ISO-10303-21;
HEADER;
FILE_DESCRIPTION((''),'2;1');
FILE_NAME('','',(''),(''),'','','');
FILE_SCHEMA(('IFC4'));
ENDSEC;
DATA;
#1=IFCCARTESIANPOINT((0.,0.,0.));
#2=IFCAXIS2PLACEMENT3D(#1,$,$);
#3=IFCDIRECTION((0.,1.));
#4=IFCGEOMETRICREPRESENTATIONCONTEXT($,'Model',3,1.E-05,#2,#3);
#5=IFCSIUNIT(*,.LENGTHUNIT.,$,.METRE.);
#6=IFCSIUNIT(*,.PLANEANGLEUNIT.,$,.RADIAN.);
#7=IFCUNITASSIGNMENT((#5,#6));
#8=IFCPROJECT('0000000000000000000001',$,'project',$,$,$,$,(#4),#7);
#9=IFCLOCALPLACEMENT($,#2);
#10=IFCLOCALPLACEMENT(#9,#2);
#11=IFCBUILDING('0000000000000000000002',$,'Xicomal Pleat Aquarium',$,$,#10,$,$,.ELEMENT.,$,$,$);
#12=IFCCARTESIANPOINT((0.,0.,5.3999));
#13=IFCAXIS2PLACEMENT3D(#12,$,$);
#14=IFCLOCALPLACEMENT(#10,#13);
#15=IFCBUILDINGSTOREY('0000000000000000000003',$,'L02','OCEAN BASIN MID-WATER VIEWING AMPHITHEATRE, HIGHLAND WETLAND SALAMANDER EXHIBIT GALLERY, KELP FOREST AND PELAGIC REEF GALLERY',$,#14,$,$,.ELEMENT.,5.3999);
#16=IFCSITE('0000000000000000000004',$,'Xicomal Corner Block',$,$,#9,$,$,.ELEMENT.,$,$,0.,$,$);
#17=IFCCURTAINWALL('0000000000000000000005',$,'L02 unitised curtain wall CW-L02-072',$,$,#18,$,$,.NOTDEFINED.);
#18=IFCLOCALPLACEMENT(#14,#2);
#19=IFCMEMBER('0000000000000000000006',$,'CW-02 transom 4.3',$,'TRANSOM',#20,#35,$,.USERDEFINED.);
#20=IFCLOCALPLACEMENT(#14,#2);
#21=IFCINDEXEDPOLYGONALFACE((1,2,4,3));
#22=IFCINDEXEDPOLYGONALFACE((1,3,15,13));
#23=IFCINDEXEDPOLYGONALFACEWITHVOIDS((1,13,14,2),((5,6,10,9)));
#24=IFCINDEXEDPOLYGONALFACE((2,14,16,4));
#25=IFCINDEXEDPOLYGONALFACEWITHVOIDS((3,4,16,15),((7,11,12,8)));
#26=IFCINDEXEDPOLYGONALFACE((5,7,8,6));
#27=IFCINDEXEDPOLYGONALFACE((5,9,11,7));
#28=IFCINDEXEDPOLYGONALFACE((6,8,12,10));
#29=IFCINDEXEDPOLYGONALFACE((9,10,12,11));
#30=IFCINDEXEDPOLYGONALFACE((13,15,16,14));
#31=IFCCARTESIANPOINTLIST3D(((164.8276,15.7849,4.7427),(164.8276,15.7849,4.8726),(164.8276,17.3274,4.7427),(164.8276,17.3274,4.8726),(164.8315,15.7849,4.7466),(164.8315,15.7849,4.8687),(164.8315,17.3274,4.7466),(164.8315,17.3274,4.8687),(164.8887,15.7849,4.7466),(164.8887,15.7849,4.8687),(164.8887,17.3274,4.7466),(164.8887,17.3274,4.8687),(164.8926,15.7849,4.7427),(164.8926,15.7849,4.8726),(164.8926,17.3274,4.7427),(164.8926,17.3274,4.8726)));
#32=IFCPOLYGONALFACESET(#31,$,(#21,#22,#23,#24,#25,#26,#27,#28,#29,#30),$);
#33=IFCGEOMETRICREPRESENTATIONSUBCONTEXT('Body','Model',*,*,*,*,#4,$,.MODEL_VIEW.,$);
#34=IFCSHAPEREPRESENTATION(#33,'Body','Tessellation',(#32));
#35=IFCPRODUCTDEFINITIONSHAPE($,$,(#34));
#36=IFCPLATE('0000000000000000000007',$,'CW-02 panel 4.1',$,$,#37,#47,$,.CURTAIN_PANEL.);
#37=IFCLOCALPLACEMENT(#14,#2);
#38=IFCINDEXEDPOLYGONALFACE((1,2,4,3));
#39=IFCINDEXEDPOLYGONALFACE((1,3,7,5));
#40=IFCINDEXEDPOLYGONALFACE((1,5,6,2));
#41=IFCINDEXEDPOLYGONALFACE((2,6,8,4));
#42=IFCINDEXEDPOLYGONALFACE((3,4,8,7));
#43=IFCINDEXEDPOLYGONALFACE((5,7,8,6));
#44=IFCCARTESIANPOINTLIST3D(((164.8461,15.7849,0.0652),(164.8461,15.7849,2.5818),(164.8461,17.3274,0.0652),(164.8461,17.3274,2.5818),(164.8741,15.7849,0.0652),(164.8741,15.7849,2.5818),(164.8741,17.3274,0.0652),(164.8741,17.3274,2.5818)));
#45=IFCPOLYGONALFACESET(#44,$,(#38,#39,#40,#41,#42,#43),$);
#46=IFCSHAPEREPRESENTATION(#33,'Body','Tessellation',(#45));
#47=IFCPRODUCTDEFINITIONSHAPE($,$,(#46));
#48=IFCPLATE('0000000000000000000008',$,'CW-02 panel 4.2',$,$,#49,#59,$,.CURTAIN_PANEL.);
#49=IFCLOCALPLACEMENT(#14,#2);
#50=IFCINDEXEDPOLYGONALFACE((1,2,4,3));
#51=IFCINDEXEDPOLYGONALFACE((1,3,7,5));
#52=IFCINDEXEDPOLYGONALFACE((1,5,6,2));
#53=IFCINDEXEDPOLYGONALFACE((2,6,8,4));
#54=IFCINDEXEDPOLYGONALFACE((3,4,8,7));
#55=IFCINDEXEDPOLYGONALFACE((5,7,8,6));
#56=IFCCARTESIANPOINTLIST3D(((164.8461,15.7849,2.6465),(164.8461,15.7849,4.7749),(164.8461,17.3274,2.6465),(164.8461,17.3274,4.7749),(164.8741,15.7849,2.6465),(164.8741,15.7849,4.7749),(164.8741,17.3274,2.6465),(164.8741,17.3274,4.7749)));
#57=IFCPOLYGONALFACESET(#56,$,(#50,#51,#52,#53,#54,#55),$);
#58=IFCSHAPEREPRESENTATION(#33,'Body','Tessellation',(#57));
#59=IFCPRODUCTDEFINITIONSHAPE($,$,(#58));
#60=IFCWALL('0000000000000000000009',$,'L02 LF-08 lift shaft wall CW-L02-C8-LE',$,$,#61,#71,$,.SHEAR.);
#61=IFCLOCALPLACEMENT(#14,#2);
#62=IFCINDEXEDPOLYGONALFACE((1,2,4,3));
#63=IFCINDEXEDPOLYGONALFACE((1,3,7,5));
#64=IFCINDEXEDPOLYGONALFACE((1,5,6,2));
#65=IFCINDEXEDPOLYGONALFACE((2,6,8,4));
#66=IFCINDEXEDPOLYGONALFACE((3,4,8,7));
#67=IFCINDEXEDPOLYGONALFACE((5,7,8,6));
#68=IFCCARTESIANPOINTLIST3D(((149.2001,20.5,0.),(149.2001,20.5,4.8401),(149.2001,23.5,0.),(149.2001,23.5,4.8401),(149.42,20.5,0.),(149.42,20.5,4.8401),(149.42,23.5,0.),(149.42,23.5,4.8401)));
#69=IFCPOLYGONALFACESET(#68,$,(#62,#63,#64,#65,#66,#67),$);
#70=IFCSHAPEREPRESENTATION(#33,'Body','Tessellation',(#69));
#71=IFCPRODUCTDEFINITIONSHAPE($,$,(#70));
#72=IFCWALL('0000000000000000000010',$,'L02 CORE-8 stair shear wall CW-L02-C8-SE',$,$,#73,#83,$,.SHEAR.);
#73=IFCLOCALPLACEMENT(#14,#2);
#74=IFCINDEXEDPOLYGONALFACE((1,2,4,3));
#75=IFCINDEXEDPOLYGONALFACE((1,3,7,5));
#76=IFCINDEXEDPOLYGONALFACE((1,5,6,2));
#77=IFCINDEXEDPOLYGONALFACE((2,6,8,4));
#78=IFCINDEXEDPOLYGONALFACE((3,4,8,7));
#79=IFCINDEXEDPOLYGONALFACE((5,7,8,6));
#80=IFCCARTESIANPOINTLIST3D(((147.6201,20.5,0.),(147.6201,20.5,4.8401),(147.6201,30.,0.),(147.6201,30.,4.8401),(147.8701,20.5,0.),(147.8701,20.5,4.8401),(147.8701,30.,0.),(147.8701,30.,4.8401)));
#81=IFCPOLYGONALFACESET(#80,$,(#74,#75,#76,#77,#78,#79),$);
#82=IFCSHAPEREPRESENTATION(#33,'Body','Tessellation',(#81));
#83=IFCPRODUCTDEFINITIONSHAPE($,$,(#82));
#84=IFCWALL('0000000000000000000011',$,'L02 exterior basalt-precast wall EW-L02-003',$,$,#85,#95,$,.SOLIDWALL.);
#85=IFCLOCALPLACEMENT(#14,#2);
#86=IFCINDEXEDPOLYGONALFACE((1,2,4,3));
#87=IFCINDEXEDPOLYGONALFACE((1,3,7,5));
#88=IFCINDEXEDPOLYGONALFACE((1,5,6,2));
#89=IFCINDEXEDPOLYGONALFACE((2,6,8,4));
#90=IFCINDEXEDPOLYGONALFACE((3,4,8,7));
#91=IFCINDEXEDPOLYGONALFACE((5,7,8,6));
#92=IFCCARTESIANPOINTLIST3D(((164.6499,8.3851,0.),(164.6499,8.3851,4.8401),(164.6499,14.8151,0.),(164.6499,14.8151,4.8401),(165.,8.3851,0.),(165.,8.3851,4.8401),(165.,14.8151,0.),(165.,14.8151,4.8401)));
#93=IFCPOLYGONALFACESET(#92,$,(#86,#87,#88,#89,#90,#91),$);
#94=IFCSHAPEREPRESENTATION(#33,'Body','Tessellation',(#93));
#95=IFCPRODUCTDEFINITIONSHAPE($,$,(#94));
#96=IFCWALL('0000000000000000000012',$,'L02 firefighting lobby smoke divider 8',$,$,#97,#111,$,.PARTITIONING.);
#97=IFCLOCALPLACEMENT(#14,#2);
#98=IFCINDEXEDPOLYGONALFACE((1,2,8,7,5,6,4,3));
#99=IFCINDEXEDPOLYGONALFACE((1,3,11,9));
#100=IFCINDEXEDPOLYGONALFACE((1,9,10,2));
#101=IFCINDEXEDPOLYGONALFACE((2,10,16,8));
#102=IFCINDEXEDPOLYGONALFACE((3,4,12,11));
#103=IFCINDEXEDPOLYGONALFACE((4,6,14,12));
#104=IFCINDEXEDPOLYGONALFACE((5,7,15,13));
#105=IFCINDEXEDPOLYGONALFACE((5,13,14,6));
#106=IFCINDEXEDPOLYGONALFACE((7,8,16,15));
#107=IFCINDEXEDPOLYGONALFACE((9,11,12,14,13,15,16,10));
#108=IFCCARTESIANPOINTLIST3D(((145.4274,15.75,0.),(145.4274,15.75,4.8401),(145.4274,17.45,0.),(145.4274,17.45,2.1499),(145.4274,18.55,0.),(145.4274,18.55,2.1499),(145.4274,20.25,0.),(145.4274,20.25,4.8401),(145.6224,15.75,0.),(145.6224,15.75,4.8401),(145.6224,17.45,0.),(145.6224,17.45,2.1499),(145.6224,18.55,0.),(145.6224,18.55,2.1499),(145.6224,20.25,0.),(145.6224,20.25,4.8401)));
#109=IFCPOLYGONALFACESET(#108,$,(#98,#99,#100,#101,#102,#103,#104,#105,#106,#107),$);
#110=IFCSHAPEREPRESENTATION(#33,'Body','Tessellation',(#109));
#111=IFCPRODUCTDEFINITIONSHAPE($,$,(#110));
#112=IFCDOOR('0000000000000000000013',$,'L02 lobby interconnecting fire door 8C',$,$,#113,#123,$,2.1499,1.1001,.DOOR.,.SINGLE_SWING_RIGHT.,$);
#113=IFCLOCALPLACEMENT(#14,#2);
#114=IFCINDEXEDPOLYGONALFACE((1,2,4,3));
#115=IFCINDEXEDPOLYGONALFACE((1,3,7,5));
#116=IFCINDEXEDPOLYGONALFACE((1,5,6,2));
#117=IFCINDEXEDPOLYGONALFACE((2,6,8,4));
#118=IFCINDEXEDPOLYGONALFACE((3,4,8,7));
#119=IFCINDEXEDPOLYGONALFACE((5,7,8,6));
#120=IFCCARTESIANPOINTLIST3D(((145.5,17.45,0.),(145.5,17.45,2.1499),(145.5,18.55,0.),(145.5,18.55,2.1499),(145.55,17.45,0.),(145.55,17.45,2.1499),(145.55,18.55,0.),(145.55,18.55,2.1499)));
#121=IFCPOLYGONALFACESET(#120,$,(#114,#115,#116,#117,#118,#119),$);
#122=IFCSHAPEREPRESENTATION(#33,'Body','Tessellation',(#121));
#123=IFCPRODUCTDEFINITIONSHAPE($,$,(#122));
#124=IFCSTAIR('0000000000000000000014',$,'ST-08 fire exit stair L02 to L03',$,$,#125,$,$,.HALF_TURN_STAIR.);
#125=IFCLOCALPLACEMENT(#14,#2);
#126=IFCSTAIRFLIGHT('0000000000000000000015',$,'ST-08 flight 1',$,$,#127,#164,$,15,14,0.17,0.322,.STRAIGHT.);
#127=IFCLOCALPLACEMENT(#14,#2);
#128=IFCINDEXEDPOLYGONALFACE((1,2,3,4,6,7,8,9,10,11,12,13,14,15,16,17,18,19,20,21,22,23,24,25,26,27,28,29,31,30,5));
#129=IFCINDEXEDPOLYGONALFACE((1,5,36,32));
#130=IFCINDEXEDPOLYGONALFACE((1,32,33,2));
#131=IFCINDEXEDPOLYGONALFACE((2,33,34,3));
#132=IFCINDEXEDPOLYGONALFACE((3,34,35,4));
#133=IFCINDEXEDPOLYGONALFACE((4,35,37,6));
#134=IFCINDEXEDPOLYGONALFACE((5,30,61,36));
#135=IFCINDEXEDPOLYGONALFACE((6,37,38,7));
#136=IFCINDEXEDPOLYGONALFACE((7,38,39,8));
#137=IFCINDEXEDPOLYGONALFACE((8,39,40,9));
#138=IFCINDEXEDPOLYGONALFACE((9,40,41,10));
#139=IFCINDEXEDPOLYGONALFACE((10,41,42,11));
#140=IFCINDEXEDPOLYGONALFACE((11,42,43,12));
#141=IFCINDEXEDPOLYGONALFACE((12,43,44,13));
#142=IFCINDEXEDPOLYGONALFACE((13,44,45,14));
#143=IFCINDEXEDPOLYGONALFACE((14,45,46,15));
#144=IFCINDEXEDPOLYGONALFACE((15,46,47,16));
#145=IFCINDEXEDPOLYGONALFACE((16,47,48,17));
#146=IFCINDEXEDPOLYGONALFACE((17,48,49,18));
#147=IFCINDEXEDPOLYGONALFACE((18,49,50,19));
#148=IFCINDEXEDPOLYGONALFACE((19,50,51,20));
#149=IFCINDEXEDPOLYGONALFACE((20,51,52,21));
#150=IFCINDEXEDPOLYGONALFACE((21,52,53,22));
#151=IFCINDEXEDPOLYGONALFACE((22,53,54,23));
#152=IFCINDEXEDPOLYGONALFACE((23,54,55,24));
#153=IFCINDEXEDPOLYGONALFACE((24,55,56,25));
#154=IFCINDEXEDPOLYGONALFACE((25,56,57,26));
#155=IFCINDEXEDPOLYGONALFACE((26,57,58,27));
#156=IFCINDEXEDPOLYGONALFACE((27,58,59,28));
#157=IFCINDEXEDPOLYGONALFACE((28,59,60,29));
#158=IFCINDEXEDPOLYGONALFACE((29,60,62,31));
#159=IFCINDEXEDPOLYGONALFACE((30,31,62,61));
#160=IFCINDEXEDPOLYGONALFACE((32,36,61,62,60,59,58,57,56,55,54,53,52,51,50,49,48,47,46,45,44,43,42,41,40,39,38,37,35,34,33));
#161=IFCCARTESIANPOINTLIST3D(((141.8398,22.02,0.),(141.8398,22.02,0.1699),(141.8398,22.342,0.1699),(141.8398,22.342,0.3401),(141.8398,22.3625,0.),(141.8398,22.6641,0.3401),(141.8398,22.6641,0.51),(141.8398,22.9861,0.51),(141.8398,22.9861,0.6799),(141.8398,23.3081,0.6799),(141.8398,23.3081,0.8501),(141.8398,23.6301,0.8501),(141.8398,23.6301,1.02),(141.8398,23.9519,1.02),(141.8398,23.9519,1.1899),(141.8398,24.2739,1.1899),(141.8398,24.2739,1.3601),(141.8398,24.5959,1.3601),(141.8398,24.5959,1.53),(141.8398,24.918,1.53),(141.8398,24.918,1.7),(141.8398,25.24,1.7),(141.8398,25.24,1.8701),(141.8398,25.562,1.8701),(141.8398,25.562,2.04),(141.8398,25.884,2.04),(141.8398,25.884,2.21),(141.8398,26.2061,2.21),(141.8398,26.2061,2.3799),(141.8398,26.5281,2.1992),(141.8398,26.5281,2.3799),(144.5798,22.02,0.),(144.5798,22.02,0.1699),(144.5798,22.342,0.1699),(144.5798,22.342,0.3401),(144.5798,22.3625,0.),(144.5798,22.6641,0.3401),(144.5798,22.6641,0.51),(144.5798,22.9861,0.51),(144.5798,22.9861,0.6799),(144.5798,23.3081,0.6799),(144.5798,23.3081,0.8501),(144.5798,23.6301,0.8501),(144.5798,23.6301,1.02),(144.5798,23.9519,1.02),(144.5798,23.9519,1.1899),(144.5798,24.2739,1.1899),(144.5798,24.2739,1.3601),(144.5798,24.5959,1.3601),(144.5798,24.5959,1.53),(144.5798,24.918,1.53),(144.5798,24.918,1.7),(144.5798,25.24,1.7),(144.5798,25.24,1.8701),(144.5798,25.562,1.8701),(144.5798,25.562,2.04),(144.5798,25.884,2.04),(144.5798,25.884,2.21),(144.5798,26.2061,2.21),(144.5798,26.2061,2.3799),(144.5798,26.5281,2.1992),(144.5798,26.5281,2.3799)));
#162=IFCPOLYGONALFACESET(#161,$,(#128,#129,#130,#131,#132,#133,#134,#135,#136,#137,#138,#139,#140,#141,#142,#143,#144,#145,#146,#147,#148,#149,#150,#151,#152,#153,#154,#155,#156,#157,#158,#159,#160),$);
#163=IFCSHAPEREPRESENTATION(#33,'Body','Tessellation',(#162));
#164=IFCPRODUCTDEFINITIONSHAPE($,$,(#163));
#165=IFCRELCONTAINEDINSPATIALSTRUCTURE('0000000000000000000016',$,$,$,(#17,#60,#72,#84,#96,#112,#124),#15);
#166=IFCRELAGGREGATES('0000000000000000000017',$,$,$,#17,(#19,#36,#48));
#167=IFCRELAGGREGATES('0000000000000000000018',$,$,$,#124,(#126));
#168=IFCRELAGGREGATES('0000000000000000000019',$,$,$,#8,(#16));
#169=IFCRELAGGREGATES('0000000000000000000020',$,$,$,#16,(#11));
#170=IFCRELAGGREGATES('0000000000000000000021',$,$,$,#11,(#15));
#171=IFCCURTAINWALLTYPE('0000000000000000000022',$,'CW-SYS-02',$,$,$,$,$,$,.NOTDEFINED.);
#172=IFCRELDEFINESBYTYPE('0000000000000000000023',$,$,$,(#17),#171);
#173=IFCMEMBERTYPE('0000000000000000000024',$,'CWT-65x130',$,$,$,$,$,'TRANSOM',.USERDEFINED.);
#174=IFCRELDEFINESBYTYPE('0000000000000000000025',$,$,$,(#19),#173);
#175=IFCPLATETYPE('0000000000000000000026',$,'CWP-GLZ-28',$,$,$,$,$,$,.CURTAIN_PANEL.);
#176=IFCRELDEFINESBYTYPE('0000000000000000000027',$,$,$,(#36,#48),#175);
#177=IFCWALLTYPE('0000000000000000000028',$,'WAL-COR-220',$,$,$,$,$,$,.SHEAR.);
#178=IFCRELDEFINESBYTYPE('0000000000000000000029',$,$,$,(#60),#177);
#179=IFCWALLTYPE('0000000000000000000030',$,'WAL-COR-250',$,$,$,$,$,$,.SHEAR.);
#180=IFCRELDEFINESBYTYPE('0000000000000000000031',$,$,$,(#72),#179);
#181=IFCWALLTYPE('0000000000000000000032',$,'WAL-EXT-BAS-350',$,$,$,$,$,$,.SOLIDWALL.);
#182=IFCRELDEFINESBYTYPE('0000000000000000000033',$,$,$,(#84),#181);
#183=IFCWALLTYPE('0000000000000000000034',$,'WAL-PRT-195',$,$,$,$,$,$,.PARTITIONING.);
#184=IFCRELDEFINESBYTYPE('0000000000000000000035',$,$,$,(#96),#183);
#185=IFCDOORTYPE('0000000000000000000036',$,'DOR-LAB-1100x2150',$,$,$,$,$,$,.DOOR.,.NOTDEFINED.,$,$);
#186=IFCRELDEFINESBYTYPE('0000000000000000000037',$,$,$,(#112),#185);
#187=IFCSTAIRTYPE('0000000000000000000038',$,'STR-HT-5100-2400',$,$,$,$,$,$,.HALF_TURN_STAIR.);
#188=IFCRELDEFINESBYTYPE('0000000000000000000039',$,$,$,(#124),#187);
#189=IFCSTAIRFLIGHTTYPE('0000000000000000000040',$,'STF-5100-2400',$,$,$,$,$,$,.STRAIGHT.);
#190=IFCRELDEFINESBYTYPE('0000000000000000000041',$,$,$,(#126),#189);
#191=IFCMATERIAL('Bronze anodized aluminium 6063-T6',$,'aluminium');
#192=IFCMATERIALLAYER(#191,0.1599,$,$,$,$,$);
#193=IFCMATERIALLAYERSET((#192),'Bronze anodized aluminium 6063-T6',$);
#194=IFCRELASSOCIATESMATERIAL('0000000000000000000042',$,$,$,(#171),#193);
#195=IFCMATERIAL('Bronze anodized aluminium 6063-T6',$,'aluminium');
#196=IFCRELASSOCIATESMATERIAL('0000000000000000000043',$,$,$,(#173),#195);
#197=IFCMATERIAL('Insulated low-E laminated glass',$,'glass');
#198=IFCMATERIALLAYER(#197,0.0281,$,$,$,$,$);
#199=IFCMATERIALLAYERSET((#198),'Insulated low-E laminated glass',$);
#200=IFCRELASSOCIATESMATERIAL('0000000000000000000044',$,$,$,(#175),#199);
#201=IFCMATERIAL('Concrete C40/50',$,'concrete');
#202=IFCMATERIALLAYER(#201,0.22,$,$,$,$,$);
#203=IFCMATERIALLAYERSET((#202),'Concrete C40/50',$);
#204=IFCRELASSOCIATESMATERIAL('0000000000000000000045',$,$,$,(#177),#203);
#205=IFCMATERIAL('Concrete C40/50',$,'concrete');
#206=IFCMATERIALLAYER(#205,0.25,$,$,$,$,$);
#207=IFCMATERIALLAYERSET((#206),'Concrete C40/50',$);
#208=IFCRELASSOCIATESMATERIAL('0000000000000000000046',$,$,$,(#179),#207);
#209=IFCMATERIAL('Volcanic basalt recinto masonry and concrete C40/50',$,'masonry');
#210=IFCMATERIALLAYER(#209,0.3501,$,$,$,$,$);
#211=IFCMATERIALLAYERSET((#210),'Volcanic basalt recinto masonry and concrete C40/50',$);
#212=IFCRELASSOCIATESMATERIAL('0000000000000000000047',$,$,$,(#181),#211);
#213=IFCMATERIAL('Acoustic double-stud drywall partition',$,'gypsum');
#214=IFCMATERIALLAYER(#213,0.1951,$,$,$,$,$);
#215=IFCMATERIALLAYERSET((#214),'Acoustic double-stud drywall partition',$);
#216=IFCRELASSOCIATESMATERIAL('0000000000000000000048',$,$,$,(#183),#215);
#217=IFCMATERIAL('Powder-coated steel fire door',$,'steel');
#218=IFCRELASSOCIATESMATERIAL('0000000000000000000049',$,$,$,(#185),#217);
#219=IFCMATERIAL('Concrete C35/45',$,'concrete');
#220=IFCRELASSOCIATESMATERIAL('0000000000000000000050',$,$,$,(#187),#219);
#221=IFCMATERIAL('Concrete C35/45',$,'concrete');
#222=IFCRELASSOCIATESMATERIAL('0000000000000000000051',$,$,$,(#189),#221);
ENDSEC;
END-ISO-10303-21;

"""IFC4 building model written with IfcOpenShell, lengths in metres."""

from ifc_helpers import new_model, si_unit, direction, frame, frame_2d, origin, origin_2d, place, context, subcontext, project, spatial, polyline, rectangle, hollow_rectangle, outline, extrude, material, layer, layer_set, material_profile, profile_set, type_object, element, fill, aggregate, save


model = new_model("IFC4")

# Units and contexts
model_context = context("Model", 3, precision=1e-05, world=origin(), true_north=direction((0.0, 1.0)))
body_context = subcontext(model_context, "Body", "Model", "MODEL_VIEW")
ifc_project = project(units=[si_unit("LENGTHUNIT", "METRE"), si_unit("PLANEANGLEUNIT", "RADIAN")], contexts=[model_context])

# Site, building, storey
site_placement = place(None, origin())
site = spatial("IfcSite", under=ifc_project, at=site_placement, Name="Xicomal Corner Block", CompositionType="ELEMENT", RefElevation=0.0)
building_placement = place(site_placement, origin())
building = spatial("IfcBuilding", under=site, at=building_placement, Name="Xicomal Pleat Aquarium", CompositionType="ELEMENT")
storey_placement = place(building_placement, frame((0.0, 0.0, 5.3999)))
storey = spatial("IfcBuildingStorey", under=building, at=storey_placement, Name="L02", Description="OCEAN BASIN MID-WATER VIEWING AMPHITHEATRE, HIGHLAND WETLAND SALAMANDER EXHIBIT GALLERY, KELP FOREST AND PELAGIC REEF GALLERY", CompositionType="ELEMENT", Elevation=5.3999)

# Curtain wall, member, plates
ifc_material_1 = material(Name="Bronze anodized aluminium 6063-T6", Category="aluminium")
ifc_layer_1 = layer(ifc_material_1, 0.1599)
ifc_layer_set_1 = layer_set([ifc_layer_1], Name="Bronze anodized aluminium 6063-T6")
curtain_wall_type = type_object("IfcCurtainWallType", Name="CW-SYS-02", PredefinedType="NOTDEFINED", material=ifc_layer_set_1)
curtain_wall_placement = place(storey_placement, origin())
curtain_wall = element("IfcCurtainWall", 1, at=curtain_wall_placement, inside=storey, type_object=curtain_wall_type, Name="L02 unitised curtain wall CW-L02-072", PredefinedType="NOTDEFINED")
ifc_material_2 = material(Name="Bronze anodized aluminium 6063-T6", Category="aluminium")
ifc_material_profile_1 = material_profile(ifc_material_2, hollow_rectangle(XDim=0.0649, YDim=0.1299, WallThickness=0.0039, at=origin_2d()), Name="ALU TRAN 65x130")
ifc_profile_set_1 = profile_set([ifc_material_profile_1], Name="Bronze anodized aluminium 6063-T6")
member_type_1 = type_object("IfcMemberType", Name="CWT-65x130", ElementType="TRANSOM", PredefinedType="USERDEFINED", material=ifc_profile_set_1)
member_1_placement = place(storey_placement, frame((164.8601, 17.3274, 4.8076), z_axis=(0.0, -1.0, 0.0), x_axis=(1.0, 0.0, 0.0)))
member_1 = element("IfcMember", 2, at=member_1_placement, type_object=member_type_1, Name="CW-02 transom 4.3", ObjectType="TRANSOM", PredefinedType="USERDEFINED", context=body_context, shape_type="SweptSolid", body=[
    extrude(hollow_rectangle(XDim=0.0649, YDim=0.1299, WallThickness=0.0039, at=origin_2d()), origin(), (0.0, 0.0, 1.0), 1.5425),
])
ifc_material_3 = material(Name="Insulated low-E laminated glass", Category="glass")
ifc_layer_2 = layer(ifc_material_3, 0.0281)
ifc_layer_set_2 = layer_set([ifc_layer_2], Name="Insulated low-E laminated glass")
plate_type = type_object("IfcPlateType", Name="CWP-GLZ-28", PredefinedType="CURTAIN_PANEL", material=ifc_layer_set_2)
plate_1_placement = place(storey_placement, frame((164.8601, 16.5562, 0.0652), z_axis=(0.0, 0.0, 1.0), x_axis=(0.0, -1.0, 0.0)))
plate_1 = element("IfcPlate", 3, at=plate_1_placement, type_object=plate_type, Name="CW-02 panel 4.1", PredefinedType="CURTAIN_PANEL", context=body_context, shape_type="SweptSolid", body=[
    extrude(rectangle(XDim=1.5425, YDim=0.0281, at=origin_2d()), origin(), (0.0, 0.0, 1.0), 2.5166),
])
plate_2_placement = place(storey_placement, frame((164.8601, 16.5562, 2.6465), z_axis=(0.0, 0.0, 1.0), x_axis=(0.0, -1.0, 0.0)))
plate_2 = element("IfcPlate", 4, at=plate_2_placement, type_object=plate_type, Name="CW-02 panel 4.2", PredefinedType="CURTAIN_PANEL", context=body_context, shape_type="SweptSolid", body=[
    extrude(rectangle(XDim=1.5425, YDim=0.0281, at=origin_2d()), origin(), (0.0, 0.0, 1.0), 2.1284),
])
aggregate(curtain_wall, [member_1, plate_1, plate_2])

# Shared definitions
ifc_material_4 = material(Name="Concrete C40/50", Category="concrete")
ifc_layer_3 = layer(ifc_material_4, 0.22)
ifc_layer_set_3 = layer_set([ifc_layer_3], Name="Concrete C40/50")
wall_type_1 = type_object("IfcWallType", Name="WAL-COR-220", PredefinedType="SHEAR", material=ifc_layer_set_3)

# Walls
wall_1_placement = place(storey_placement, frame((149.3101, 20.5, 0.0), z_axis=(0.0, 0.0, 1.0), x_axis=(0.0, 1.0, 0.0)))
element("IfcWall", 5, at=wall_1_placement, inside=storey, type_object=wall_type_1, Name="L02 LF-08 lift shaft wall CW-L02-C8-LE", PredefinedType="SHEAR", context=body_context, shape_type="SweptSolid", body=[
    extrude(rectangle(XDim=3.0, YDim=0.22, at=frame_2d((1.5, 0.0))), origin(), (0.0, 0.0, 1.0), 4.8401),
])
ifc_material_5 = material(Name="Concrete C40/50", Category="concrete")
ifc_layer_4 = layer(ifc_material_5, 0.25)
ifc_layer_set_4 = layer_set([ifc_layer_4], Name="Concrete C40/50")
wall_type_2 = type_object("IfcWallType", Name="WAL-COR-250", PredefinedType="SHEAR", material=ifc_layer_set_4)
wall_2_placement = place(storey_placement, frame((147.7451, 20.5, 0.0), z_axis=(0.0, 0.0, 1.0), x_axis=(0.0, 1.0, 0.0)))
element("IfcWall", 6, at=wall_2_placement, inside=storey, type_object=wall_type_2, Name="L02 CORE-8 stair shear wall CW-L02-C8-SE", PredefinedType="SHEAR", context=body_context, shape_type="SweptSolid", body=[
    extrude(rectangle(XDim=9.5, YDim=0.25, at=frame_2d((4.75, 0.0))), origin(), (0.0, 0.0, 1.0), 4.8401),
])
ifc_material_6 = material(Name="Volcanic basalt recinto masonry and concrete C40/50", Category="masonry")
ifc_layer_5 = layer(ifc_material_6, 0.3501)
ifc_layer_set_5 = layer_set([ifc_layer_5], Name="Volcanic basalt recinto masonry and concrete C40/50")
wall_type_3 = type_object("IfcWallType", Name="WAL-EXT-BAS-350", PredefinedType="SOLIDWALL", material=ifc_layer_set_5)
wall_3_placement = place(storey_placement, frame((164.825, 14.8149, 0.0), z_axis=(0.0, 0.0, 1.0), x_axis=(0.0, -1.0, 0.0)))
element("IfcWall", 7, at=wall_3_placement, inside=storey, type_object=wall_type_3, Name="L02 exterior basalt-precast wall EW-L02-003", PredefinedType="SOLIDWALL", context=body_context, shape_type="SweptSolid", body=[
    extrude(rectangle(XDim=6.4299, YDim=0.3501, at=frame_2d((3.2148, 0.0))), origin(), (0.0, 0.0, 1.0), 4.8401),
])

# Wall, opening, door
ifc_material_7 = material(Name="Acoustic double-stud drywall partition", Category="gypsum")
ifc_layer_6 = layer(ifc_material_7, 0.1951)
ifc_layer_set_6 = layer_set([ifc_layer_6], Name="Acoustic double-stud drywall partition")
wall_type_4 = type_object("IfcWallType", Name="WAL-PRT-195", PredefinedType="PARTITIONING", material=ifc_layer_set_6)
wall_4_placement = place(storey_placement, frame((145.5249, 15.75, 0.0), z_axis=(0.0, 0.0, 1.0), x_axis=(0.0, 1.0, 0.0)))
wall_4 = element("IfcWall", 8, at=wall_4_placement, inside=storey, type_object=wall_type_4, Name="L02 firefighting lobby smoke divider 8", PredefinedType="PARTITIONING", context=body_context, shape_type="SweptSolid", body=[
    extrude(rectangle(XDim=4.5, YDim=0.1951, at=frame_2d((2.25, 0.0))), origin(), (0.0, 0.0, 1.0), 4.8401),
])
opening_1_placement = place(wall_4_placement, frame((1.7, 0.0, 0.0)))
opening_1 = element("IfcOpeningElement", 9, at=opening_1_placement, cuts=wall_4, PredefinedType="OPENING", context=body_context, shape_type="SweptSolid", body=[
    extrude(rectangle(XDim=1.1001, YDim=2.1499, at=frame_2d((0.55, 1.075))), frame((0.0, 0.1074, 0.0), z_axis=(0.0, -1.0, 0.0), x_axis=(1.0, 0.0, 0.0)), (0.0, 0.0, 1.0), 0.2151),
])
ifc_material_8 = material(Name="Powder-coated steel fire door", Category="steel")
door_type_1 = type_object("IfcDoorType", Name="DOR-LAB-1100x2150", OperationType="NOTDEFINED", PredefinedType="DOOR", material=ifc_material_8)
door_1_placement = place(opening_1_placement, origin())
door_1 = element("IfcDoor", 10, at=door_1_placement, inside=storey, type_object=door_type_1, Name="L02 lobby interconnecting fire door 8C", OperationType="SINGLE_SWING_RIGHT", OverallHeight=2.1499, OverallWidth=1.1001, PredefinedType="DOOR", context=body_context, shape_type="SweptSolid", body=[
    extrude(rectangle(XDim=1.1001, YDim=2.1499, at=frame_2d((0.55, 1.075))), frame((0.0, 0.0249, 0.0), z_axis=(0.0, -1.0, 0.0), x_axis=(1.0, 0.0, 0.0)), (0.0, 0.0, 1.0), 0.05),
])
fill(opening_1, door_1)

# Stair, stair flight
ifc_material_9 = material(Name="Concrete C35/45", Category="concrete")
stair_type = type_object("IfcStairType", Name="STR-HT-5100-2400", PredefinedType="HALF_TURN_STAIR", material=ifc_material_9)
stair_placement = place(storey_placement, origin())
stair = element("IfcStair", 11, at=stair_placement, inside=storey, type_object=stair_type, Name="ST-08 fire exit stair L02 to L03", PredefinedType="HALF_TURN_STAIR")
ifc_material_10 = material(Name="Concrete C35/45", Category="concrete")
stair_flight_type = type_object("IfcStairFlightType", Name="STF-5100-2400", PredefinedType="STRAIGHT", material=ifc_material_10)
stair_flight_placement = place(storey_placement, frame((143.21, 22.02, 0.0), z_axis=(0.0, 0.0, 1.0), x_axis=(0.0, 1.0, 0.0)))
stair_flight = element("IfcStairFlight", 12, at=stair_flight_placement, type_object=stair_flight_type, Name="ST-08 flight 1", NumberOfRisers=15, NumberOfTreads=14, PredefinedType="STRAIGHT", RiserHeight=0.17, TreadLength=0.322, context=body_context, shape_type="SweptSolid", body=[
    extrude(outline(polyline([(0.0, 0.0), (0.0, 0.1699), (0.322, 0.1699), (0.322, 0.3401), (0.644, 0.3401), (0.644, 0.51), (0.9661, 0.51), (0.9661, 0.6799), (1.2881, 0.6799), (1.2881, 0.8501), (1.6101, 0.8501), (1.6101, 1.02), (1.9319, 1.02), (1.9319, 1.1899), (2.2539, 1.1899), (2.2539, 1.3601), (2.5759, 1.3601), (2.5759, 1.53), (2.8979, 1.53), (2.8979, 1.7), (3.22, 1.7), (3.22, 1.8701), (3.542, 1.8701), (3.542, 2.04), (3.864, 2.04), (3.864, 2.21), (4.186, 2.21), (4.186, 2.3799), (4.5081, 2.3799), (4.5081, 2.55), (4.5081, 2.1992), (0.3425, 0.0), (0.0, 0.0)])), frame((0.0, 1.3701, 0.0), z_axis=(0.0, -1.0, 0.0), x_axis=(1.0, 0.0, 0.0)), (0.0, 0.0, 1.0), 2.74),
])
aggregate(stair, [stair_flight])

save(model, "model.ifc")
